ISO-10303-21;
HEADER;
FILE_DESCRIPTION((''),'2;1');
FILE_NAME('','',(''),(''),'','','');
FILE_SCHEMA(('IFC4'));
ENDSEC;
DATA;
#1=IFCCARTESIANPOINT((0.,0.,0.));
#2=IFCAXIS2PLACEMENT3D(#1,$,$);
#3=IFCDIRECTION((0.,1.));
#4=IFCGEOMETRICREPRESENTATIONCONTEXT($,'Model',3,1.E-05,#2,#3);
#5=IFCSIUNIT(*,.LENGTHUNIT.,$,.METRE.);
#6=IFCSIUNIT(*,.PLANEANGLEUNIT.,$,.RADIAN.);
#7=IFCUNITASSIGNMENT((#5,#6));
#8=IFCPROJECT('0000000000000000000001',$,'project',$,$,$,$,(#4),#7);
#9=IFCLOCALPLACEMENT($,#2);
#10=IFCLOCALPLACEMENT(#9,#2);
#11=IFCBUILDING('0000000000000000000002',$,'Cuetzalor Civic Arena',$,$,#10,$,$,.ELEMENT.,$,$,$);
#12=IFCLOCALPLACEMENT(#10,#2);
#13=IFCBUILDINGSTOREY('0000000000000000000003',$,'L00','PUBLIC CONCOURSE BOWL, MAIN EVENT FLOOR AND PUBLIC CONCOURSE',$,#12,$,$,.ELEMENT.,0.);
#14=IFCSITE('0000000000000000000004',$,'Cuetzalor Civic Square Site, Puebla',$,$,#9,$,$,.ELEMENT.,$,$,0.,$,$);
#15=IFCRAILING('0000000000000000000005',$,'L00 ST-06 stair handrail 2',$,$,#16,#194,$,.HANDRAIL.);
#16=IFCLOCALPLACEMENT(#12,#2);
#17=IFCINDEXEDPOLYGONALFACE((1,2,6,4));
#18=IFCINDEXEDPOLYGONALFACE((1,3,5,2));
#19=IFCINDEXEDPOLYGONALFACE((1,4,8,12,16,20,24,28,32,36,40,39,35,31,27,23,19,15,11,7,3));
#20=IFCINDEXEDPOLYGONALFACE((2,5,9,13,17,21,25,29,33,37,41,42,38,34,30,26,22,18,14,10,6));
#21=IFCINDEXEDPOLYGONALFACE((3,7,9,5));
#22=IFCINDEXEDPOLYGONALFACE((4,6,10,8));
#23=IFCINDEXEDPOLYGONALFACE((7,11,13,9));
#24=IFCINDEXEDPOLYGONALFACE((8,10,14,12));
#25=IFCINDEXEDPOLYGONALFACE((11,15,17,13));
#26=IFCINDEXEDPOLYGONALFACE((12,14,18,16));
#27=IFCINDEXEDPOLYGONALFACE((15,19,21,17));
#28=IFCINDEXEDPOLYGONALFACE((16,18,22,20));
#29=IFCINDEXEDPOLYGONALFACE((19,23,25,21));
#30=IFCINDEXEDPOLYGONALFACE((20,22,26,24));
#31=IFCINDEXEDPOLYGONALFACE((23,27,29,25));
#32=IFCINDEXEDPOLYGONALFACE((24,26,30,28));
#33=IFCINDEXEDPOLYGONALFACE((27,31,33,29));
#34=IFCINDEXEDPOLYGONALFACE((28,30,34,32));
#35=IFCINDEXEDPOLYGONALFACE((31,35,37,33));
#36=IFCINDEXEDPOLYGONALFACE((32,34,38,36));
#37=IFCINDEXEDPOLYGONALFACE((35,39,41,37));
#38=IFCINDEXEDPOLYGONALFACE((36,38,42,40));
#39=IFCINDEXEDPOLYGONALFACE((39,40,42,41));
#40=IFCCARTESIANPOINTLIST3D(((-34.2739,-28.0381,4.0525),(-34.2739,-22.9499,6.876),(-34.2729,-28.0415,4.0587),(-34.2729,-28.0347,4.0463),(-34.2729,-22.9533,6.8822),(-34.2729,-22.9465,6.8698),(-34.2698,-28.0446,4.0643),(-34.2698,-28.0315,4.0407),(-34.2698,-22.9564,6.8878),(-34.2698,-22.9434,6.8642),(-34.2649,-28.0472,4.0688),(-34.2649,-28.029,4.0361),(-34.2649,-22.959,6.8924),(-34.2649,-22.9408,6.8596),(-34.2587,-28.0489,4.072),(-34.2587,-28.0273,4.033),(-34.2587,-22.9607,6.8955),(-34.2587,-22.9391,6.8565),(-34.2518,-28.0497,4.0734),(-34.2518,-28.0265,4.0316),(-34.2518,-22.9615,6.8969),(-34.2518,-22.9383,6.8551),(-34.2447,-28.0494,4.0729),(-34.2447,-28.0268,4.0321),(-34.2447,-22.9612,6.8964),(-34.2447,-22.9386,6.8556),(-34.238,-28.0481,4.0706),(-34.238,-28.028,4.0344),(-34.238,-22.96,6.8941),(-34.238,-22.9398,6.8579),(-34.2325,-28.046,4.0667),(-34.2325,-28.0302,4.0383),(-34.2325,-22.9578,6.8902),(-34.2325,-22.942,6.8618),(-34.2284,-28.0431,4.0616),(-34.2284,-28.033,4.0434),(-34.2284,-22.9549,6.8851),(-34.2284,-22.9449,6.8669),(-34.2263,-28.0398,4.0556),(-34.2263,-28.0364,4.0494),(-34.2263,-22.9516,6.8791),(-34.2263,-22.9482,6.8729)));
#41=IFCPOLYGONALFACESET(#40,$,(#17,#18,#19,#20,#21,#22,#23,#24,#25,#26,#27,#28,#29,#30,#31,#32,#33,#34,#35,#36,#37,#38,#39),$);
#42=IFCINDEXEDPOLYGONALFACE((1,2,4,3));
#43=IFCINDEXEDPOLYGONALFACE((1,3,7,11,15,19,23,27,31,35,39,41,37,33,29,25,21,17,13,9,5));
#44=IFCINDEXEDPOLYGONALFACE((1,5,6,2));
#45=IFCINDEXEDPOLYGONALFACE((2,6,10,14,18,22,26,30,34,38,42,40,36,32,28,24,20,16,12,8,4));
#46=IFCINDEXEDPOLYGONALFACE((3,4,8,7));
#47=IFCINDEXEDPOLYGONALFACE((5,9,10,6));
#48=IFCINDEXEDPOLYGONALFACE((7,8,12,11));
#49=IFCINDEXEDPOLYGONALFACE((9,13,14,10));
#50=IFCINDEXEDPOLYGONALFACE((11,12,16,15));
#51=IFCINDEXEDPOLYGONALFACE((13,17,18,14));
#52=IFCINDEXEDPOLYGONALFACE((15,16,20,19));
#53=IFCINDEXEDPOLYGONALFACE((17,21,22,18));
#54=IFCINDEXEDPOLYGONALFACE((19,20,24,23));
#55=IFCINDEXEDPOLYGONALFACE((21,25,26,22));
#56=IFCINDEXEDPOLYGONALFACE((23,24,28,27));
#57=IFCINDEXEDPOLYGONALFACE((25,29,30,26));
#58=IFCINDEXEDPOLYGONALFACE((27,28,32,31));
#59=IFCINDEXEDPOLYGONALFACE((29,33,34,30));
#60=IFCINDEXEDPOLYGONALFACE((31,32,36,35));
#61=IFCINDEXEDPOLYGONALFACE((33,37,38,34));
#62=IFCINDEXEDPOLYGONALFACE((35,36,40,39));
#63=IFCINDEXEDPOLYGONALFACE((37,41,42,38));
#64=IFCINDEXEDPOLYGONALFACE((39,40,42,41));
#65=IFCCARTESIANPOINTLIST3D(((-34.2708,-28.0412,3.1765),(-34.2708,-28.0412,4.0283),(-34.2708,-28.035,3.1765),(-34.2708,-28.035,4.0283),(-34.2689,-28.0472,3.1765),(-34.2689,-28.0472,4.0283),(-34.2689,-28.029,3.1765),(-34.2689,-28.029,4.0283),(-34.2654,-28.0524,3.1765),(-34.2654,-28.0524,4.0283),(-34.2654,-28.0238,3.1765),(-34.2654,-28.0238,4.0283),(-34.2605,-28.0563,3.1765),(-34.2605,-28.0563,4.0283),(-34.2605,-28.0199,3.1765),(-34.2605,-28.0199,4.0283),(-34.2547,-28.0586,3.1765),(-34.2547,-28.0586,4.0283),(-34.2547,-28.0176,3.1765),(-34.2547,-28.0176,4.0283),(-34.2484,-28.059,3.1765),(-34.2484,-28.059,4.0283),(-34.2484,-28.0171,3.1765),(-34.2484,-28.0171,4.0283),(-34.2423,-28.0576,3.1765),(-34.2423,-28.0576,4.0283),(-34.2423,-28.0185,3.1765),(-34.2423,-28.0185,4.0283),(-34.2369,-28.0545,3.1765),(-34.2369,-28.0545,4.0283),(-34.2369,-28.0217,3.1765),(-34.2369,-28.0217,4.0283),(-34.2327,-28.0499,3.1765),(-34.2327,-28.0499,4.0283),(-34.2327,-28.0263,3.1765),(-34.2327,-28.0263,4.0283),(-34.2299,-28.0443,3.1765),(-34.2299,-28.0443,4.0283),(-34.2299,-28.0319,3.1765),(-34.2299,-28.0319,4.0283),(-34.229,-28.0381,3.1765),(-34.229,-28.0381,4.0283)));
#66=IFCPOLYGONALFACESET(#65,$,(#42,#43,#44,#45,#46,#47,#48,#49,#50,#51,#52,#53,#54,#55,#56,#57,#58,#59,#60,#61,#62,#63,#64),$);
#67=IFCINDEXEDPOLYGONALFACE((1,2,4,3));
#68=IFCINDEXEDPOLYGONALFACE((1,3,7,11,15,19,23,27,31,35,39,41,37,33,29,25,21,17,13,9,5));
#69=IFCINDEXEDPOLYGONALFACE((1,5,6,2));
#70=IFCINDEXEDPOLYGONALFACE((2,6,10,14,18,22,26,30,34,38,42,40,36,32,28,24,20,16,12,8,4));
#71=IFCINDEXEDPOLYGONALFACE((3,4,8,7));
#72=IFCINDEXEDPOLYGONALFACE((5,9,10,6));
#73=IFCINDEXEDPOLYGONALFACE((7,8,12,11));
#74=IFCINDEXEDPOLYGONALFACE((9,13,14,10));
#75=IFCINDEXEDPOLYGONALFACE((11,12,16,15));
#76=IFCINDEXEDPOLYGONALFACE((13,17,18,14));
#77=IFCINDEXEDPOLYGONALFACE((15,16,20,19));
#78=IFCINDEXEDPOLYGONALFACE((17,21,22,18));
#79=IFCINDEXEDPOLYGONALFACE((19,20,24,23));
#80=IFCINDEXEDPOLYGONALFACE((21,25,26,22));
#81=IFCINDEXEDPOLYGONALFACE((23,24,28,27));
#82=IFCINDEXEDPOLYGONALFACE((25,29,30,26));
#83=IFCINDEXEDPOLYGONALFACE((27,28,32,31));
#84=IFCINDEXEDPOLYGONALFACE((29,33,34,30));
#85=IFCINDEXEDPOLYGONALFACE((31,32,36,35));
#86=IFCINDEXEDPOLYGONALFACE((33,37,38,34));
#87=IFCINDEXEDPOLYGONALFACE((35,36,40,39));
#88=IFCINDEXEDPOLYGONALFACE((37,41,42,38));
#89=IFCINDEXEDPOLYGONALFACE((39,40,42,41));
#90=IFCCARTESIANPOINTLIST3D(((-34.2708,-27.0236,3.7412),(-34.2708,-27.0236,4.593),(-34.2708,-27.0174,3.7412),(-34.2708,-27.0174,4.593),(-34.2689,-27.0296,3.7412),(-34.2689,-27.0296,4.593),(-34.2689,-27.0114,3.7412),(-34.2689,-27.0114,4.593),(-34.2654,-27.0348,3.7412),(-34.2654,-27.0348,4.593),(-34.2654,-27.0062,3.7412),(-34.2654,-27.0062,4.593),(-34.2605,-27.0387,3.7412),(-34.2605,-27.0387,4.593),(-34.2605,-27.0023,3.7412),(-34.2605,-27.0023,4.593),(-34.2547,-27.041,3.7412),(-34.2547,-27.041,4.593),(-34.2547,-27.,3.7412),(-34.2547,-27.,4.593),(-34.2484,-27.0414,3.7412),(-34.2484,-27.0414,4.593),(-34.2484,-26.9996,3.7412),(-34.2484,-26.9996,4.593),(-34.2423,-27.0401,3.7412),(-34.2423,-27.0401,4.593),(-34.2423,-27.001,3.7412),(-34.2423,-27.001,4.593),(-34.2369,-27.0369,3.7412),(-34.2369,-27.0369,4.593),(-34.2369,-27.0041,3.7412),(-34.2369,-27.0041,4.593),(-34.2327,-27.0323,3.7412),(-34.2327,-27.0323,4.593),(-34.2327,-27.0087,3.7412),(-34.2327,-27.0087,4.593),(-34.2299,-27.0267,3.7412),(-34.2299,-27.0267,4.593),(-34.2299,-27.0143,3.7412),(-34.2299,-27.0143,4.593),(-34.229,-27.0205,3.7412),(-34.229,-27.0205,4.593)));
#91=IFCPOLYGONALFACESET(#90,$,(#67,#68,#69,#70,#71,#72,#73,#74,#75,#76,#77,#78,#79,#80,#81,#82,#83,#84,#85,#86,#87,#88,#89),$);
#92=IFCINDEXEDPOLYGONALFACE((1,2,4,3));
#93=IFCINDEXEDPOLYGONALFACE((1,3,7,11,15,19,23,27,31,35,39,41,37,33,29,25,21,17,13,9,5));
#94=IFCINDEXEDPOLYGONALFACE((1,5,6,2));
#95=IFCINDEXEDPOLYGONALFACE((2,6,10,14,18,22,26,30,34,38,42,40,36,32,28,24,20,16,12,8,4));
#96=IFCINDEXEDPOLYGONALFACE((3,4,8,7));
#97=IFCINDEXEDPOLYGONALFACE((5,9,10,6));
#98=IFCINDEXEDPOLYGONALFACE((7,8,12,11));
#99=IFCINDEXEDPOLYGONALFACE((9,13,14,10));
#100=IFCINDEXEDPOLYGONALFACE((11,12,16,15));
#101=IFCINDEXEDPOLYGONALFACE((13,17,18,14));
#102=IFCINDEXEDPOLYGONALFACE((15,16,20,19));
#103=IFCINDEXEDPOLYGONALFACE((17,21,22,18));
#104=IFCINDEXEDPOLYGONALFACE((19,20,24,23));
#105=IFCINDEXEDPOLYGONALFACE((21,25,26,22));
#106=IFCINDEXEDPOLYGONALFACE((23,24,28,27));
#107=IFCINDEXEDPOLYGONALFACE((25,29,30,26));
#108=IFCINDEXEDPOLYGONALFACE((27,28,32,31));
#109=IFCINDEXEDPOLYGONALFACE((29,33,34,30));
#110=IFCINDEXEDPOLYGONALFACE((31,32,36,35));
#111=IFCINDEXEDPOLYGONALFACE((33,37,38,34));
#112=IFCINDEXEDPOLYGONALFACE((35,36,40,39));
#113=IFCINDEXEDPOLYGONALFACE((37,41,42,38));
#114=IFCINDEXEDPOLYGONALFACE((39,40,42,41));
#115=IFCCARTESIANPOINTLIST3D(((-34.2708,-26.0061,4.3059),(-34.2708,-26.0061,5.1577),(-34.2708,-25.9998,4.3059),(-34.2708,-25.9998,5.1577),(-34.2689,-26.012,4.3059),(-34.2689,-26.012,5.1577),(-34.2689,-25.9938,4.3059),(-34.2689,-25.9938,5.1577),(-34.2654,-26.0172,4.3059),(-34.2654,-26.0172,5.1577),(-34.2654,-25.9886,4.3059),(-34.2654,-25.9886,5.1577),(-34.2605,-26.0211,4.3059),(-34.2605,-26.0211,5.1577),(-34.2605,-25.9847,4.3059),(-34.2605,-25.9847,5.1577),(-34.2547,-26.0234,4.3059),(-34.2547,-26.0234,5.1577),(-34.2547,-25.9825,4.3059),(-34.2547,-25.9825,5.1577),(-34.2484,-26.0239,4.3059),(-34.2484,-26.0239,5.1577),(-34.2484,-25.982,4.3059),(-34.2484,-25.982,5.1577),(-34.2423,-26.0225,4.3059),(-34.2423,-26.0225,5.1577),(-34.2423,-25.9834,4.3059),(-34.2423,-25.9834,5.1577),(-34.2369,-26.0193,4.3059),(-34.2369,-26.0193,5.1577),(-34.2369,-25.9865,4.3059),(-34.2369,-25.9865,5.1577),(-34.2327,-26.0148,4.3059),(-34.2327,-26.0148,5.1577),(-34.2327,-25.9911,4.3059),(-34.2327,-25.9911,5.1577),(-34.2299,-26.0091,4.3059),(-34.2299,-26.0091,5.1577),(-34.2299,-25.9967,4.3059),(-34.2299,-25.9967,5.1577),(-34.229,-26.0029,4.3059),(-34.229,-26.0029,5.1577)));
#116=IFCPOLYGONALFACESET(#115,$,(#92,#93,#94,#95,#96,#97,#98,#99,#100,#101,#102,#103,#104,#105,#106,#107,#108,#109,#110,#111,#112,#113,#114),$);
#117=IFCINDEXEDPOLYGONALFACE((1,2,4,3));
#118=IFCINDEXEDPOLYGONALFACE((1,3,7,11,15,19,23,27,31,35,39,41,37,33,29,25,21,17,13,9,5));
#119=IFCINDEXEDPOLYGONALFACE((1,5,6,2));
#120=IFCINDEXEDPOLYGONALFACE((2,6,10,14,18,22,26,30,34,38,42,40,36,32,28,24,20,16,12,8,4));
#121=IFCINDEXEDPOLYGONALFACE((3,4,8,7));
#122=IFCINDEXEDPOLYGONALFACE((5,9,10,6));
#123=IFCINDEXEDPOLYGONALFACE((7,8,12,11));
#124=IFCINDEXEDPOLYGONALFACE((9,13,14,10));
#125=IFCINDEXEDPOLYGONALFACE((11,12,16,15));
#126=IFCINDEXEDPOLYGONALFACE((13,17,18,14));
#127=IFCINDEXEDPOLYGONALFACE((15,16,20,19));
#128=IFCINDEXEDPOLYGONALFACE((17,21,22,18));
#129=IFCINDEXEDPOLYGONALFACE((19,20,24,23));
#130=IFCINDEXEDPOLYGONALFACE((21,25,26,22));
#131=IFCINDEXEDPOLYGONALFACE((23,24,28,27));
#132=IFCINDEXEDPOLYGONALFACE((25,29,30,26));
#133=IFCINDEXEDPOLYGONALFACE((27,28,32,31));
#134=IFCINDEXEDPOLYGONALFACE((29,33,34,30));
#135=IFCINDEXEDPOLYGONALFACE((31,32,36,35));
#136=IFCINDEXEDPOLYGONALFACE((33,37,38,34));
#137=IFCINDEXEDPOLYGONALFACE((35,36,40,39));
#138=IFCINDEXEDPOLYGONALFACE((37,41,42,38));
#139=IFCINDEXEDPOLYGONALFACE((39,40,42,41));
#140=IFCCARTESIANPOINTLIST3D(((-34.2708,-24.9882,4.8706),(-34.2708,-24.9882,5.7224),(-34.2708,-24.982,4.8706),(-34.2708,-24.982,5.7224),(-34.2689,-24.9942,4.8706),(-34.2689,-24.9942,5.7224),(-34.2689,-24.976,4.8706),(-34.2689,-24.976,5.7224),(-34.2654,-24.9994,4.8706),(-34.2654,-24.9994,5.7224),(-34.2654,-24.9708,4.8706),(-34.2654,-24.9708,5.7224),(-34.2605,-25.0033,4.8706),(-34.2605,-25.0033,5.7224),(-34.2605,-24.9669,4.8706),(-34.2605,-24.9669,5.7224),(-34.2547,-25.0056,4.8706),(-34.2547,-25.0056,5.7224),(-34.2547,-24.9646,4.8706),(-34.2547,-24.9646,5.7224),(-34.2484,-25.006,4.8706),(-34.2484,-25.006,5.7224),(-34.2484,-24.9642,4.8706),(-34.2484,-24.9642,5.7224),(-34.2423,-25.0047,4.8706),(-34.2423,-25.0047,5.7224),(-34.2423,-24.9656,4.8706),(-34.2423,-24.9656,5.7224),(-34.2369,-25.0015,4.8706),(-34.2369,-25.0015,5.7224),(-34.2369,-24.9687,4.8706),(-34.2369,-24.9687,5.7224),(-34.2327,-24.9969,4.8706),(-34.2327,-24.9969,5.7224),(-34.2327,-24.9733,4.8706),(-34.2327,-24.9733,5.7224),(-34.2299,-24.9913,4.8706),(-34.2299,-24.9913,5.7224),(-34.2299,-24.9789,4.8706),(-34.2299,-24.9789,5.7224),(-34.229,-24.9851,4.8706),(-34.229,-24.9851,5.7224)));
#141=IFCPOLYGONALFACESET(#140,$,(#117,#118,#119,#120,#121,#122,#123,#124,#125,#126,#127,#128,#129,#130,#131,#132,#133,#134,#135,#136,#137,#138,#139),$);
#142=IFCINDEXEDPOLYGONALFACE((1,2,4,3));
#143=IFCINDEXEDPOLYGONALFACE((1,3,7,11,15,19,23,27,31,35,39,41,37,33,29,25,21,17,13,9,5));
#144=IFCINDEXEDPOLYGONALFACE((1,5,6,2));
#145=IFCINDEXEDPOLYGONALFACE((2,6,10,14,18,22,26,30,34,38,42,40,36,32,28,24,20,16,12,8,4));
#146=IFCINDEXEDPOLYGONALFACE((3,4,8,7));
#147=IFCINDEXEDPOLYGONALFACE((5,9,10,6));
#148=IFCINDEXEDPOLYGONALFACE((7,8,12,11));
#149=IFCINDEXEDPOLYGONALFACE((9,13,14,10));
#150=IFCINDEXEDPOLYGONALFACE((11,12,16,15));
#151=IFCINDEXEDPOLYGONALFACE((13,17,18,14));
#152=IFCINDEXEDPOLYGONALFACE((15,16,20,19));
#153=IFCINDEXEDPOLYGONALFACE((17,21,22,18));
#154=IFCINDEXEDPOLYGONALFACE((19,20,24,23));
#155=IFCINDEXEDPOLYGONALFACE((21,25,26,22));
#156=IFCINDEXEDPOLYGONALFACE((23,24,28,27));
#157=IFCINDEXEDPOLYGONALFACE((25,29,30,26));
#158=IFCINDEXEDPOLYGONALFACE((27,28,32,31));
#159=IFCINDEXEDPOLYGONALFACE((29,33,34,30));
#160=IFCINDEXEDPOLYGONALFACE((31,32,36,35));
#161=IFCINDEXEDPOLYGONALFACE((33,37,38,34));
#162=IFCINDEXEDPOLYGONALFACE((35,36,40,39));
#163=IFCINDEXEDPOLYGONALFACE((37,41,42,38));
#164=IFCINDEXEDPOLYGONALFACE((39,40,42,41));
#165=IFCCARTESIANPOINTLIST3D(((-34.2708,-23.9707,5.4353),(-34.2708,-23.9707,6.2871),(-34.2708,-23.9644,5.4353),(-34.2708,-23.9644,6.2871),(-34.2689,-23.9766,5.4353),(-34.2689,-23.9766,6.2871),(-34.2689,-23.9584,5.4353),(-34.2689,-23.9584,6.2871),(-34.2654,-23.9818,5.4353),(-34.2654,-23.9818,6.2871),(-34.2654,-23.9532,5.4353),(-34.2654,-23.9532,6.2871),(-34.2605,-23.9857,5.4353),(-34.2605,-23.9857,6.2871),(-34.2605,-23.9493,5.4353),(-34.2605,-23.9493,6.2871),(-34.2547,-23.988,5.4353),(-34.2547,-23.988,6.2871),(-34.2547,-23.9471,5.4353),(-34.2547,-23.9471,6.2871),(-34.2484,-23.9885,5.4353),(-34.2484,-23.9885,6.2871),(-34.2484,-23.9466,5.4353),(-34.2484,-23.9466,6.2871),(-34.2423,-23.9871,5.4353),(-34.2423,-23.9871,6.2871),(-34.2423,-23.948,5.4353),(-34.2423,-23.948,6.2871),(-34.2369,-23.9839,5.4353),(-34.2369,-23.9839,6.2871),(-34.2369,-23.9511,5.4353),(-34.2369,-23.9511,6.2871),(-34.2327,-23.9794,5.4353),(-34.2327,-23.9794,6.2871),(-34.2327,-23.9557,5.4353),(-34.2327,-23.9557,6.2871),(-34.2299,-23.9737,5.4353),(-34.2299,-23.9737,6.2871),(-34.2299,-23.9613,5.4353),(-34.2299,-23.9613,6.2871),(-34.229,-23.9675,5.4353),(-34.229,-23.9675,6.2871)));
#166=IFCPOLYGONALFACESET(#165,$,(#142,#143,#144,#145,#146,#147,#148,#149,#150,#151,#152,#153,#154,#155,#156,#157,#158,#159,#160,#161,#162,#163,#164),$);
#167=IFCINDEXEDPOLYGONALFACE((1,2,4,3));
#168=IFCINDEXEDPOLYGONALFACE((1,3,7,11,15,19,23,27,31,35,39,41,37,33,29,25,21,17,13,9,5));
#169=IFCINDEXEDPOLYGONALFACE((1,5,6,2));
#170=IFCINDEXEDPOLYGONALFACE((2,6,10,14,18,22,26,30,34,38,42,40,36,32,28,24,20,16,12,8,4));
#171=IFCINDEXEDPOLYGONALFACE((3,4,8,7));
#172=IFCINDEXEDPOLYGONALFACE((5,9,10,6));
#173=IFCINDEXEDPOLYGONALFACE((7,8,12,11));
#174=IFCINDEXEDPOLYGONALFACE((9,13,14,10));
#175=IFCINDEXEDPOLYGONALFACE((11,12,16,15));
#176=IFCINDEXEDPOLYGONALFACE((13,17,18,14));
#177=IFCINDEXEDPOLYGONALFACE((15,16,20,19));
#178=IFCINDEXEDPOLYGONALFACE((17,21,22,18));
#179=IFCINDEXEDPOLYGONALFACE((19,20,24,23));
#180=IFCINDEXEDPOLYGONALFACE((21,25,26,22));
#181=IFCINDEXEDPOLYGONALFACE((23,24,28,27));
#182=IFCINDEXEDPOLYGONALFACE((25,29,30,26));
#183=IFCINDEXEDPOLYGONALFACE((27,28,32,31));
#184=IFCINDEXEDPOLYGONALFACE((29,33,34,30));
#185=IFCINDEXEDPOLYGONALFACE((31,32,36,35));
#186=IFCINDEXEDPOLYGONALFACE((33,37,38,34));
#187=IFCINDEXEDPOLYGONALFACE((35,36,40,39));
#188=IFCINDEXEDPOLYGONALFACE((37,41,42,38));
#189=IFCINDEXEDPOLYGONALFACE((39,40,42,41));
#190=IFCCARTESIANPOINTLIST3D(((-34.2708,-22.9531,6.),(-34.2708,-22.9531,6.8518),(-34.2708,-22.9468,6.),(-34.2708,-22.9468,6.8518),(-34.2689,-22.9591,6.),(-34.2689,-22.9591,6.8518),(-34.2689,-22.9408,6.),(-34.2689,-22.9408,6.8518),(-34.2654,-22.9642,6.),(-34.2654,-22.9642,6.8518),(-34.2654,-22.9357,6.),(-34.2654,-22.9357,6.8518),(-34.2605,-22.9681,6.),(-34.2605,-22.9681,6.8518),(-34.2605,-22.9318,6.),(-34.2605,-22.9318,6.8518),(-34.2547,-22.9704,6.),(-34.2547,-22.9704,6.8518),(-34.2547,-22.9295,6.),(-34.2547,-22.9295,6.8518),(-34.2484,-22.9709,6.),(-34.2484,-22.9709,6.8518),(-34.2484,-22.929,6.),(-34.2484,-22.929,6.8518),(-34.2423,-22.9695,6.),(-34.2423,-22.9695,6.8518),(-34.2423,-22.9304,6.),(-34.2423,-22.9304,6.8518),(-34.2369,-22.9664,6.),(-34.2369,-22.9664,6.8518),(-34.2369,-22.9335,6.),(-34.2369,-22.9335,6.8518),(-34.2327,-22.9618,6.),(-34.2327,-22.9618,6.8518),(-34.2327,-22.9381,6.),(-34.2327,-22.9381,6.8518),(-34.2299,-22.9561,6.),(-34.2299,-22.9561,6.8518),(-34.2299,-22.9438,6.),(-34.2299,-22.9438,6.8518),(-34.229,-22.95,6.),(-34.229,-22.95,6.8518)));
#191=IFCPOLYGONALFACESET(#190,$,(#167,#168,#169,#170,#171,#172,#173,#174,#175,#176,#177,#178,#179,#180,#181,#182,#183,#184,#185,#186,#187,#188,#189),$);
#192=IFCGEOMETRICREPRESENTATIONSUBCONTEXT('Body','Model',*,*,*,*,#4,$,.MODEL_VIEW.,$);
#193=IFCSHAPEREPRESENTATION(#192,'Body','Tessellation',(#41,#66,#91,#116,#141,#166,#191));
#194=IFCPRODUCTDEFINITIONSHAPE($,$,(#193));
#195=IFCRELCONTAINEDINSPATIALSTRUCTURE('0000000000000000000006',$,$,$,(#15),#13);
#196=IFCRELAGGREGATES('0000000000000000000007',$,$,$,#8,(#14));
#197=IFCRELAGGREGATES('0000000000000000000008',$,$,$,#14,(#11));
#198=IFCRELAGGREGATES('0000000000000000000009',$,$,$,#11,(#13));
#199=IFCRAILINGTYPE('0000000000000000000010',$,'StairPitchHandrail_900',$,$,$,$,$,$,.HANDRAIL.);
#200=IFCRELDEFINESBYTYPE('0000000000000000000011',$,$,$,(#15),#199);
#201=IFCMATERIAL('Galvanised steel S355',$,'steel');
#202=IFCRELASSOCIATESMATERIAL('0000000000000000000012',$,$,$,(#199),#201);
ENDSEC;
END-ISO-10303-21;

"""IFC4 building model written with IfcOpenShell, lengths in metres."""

from ifc_helpers import new_model, si_unit, direction, frame, origin, origin_2d, place, context, subcontext, project, spatial, circle, extrude, material, type_object, element, save


model = new_model("IFC4")

# Units and contexts
model_context = context("Model", 3, precision=1e-05, world=origin(), true_north=direction((0.0, 1.0)))
body_context = subcontext(model_context, "Body", "Model", "MODEL_VIEW")
ifc_project = project(units=[si_unit("LENGTHUNIT", "METRE"), si_unit("PLANEANGLEUNIT", "RADIAN")], contexts=[model_context])

# Site, building, storey
site_placement = place(None, origin())
site = spatial("IfcSite", under=ifc_project, at=site_placement, Name="Cuetzalor Civic Square Site, Puebla", CompositionType="ELEMENT", RefElevation=0.0)
building_placement = place(site_placement, origin())
building = spatial("IfcBuilding", under=site, at=building_placement, Name="Cuetzalor Civic Arena", CompositionType="ELEMENT")
storey_placement = place(building_placement, origin())
storey = spatial("IfcBuildingStorey", under=building, at=storey_placement, Name="L00", Description="PUBLIC CONCOURSE BOWL, MAIN EVENT FLOOR AND PUBLIC CONCOURSE", CompositionType="ELEMENT", Elevation=0.0)

# Railing
ifc_material_1 = material(Name="Galvanised steel S355", Category="steel")
railing_type_1 = type_object("IfcRailingType", Name="StairPitchHandrail_900", PredefinedType="HANDRAIL", material=ifc_material_1)
railing_1_placement = place(storey_placement, frame((-34.25, -28.0381, 3.1765)))
element("IfcRailing", 1, at=railing_1_placement, inside=storey, type_object=railing_type_1, Name="L00 ST-06 stair handrail 2", PredefinedType="HANDRAIL", context=body_context, shape_type="SweptSolid", body=[
    extrude(circle(Radius=0.0239, at=origin_2d()), frame((0.0, 0.0, 0.876), z_axis=(0.0, 0.874395, 0.485215), x_axis=(-1.0, 0.0, 0.0)), (0.0, 0.0, 1.0), 5.8191),
    extrude(circle(Radius=0.021, at=origin_2d()), origin(), (0.0, 0.0, 1.0), 0.8518),
    extrude(circle(Radius=0.021, at=origin_2d()), frame((0.0, 1.0176, 0.5647)), (0.0, 0.0, 1.0), 0.8518),
    extrude(circle(Radius=0.021, at=origin_2d()), frame((0.0, 2.0352, 1.1294)), (0.0, 0.0, 1.0), 0.8518),
    extrude(circle(Radius=0.021, at=origin_2d()), frame((0.0, 3.053, 1.6941)), (0.0, 0.0, 1.0), 0.8518),
    extrude(circle(Radius=0.021, at=origin_2d()), frame((0.0, 4.0706, 2.2588)), (0.0, 0.0, 1.0), 0.8518),
    extrude(circle(Radius=0.021, at=origin_2d()), frame((0.0, 5.0881, 2.8235)), (0.0, 0.0, 1.0), 0.8518),
])

save(model, "model.ifc")
